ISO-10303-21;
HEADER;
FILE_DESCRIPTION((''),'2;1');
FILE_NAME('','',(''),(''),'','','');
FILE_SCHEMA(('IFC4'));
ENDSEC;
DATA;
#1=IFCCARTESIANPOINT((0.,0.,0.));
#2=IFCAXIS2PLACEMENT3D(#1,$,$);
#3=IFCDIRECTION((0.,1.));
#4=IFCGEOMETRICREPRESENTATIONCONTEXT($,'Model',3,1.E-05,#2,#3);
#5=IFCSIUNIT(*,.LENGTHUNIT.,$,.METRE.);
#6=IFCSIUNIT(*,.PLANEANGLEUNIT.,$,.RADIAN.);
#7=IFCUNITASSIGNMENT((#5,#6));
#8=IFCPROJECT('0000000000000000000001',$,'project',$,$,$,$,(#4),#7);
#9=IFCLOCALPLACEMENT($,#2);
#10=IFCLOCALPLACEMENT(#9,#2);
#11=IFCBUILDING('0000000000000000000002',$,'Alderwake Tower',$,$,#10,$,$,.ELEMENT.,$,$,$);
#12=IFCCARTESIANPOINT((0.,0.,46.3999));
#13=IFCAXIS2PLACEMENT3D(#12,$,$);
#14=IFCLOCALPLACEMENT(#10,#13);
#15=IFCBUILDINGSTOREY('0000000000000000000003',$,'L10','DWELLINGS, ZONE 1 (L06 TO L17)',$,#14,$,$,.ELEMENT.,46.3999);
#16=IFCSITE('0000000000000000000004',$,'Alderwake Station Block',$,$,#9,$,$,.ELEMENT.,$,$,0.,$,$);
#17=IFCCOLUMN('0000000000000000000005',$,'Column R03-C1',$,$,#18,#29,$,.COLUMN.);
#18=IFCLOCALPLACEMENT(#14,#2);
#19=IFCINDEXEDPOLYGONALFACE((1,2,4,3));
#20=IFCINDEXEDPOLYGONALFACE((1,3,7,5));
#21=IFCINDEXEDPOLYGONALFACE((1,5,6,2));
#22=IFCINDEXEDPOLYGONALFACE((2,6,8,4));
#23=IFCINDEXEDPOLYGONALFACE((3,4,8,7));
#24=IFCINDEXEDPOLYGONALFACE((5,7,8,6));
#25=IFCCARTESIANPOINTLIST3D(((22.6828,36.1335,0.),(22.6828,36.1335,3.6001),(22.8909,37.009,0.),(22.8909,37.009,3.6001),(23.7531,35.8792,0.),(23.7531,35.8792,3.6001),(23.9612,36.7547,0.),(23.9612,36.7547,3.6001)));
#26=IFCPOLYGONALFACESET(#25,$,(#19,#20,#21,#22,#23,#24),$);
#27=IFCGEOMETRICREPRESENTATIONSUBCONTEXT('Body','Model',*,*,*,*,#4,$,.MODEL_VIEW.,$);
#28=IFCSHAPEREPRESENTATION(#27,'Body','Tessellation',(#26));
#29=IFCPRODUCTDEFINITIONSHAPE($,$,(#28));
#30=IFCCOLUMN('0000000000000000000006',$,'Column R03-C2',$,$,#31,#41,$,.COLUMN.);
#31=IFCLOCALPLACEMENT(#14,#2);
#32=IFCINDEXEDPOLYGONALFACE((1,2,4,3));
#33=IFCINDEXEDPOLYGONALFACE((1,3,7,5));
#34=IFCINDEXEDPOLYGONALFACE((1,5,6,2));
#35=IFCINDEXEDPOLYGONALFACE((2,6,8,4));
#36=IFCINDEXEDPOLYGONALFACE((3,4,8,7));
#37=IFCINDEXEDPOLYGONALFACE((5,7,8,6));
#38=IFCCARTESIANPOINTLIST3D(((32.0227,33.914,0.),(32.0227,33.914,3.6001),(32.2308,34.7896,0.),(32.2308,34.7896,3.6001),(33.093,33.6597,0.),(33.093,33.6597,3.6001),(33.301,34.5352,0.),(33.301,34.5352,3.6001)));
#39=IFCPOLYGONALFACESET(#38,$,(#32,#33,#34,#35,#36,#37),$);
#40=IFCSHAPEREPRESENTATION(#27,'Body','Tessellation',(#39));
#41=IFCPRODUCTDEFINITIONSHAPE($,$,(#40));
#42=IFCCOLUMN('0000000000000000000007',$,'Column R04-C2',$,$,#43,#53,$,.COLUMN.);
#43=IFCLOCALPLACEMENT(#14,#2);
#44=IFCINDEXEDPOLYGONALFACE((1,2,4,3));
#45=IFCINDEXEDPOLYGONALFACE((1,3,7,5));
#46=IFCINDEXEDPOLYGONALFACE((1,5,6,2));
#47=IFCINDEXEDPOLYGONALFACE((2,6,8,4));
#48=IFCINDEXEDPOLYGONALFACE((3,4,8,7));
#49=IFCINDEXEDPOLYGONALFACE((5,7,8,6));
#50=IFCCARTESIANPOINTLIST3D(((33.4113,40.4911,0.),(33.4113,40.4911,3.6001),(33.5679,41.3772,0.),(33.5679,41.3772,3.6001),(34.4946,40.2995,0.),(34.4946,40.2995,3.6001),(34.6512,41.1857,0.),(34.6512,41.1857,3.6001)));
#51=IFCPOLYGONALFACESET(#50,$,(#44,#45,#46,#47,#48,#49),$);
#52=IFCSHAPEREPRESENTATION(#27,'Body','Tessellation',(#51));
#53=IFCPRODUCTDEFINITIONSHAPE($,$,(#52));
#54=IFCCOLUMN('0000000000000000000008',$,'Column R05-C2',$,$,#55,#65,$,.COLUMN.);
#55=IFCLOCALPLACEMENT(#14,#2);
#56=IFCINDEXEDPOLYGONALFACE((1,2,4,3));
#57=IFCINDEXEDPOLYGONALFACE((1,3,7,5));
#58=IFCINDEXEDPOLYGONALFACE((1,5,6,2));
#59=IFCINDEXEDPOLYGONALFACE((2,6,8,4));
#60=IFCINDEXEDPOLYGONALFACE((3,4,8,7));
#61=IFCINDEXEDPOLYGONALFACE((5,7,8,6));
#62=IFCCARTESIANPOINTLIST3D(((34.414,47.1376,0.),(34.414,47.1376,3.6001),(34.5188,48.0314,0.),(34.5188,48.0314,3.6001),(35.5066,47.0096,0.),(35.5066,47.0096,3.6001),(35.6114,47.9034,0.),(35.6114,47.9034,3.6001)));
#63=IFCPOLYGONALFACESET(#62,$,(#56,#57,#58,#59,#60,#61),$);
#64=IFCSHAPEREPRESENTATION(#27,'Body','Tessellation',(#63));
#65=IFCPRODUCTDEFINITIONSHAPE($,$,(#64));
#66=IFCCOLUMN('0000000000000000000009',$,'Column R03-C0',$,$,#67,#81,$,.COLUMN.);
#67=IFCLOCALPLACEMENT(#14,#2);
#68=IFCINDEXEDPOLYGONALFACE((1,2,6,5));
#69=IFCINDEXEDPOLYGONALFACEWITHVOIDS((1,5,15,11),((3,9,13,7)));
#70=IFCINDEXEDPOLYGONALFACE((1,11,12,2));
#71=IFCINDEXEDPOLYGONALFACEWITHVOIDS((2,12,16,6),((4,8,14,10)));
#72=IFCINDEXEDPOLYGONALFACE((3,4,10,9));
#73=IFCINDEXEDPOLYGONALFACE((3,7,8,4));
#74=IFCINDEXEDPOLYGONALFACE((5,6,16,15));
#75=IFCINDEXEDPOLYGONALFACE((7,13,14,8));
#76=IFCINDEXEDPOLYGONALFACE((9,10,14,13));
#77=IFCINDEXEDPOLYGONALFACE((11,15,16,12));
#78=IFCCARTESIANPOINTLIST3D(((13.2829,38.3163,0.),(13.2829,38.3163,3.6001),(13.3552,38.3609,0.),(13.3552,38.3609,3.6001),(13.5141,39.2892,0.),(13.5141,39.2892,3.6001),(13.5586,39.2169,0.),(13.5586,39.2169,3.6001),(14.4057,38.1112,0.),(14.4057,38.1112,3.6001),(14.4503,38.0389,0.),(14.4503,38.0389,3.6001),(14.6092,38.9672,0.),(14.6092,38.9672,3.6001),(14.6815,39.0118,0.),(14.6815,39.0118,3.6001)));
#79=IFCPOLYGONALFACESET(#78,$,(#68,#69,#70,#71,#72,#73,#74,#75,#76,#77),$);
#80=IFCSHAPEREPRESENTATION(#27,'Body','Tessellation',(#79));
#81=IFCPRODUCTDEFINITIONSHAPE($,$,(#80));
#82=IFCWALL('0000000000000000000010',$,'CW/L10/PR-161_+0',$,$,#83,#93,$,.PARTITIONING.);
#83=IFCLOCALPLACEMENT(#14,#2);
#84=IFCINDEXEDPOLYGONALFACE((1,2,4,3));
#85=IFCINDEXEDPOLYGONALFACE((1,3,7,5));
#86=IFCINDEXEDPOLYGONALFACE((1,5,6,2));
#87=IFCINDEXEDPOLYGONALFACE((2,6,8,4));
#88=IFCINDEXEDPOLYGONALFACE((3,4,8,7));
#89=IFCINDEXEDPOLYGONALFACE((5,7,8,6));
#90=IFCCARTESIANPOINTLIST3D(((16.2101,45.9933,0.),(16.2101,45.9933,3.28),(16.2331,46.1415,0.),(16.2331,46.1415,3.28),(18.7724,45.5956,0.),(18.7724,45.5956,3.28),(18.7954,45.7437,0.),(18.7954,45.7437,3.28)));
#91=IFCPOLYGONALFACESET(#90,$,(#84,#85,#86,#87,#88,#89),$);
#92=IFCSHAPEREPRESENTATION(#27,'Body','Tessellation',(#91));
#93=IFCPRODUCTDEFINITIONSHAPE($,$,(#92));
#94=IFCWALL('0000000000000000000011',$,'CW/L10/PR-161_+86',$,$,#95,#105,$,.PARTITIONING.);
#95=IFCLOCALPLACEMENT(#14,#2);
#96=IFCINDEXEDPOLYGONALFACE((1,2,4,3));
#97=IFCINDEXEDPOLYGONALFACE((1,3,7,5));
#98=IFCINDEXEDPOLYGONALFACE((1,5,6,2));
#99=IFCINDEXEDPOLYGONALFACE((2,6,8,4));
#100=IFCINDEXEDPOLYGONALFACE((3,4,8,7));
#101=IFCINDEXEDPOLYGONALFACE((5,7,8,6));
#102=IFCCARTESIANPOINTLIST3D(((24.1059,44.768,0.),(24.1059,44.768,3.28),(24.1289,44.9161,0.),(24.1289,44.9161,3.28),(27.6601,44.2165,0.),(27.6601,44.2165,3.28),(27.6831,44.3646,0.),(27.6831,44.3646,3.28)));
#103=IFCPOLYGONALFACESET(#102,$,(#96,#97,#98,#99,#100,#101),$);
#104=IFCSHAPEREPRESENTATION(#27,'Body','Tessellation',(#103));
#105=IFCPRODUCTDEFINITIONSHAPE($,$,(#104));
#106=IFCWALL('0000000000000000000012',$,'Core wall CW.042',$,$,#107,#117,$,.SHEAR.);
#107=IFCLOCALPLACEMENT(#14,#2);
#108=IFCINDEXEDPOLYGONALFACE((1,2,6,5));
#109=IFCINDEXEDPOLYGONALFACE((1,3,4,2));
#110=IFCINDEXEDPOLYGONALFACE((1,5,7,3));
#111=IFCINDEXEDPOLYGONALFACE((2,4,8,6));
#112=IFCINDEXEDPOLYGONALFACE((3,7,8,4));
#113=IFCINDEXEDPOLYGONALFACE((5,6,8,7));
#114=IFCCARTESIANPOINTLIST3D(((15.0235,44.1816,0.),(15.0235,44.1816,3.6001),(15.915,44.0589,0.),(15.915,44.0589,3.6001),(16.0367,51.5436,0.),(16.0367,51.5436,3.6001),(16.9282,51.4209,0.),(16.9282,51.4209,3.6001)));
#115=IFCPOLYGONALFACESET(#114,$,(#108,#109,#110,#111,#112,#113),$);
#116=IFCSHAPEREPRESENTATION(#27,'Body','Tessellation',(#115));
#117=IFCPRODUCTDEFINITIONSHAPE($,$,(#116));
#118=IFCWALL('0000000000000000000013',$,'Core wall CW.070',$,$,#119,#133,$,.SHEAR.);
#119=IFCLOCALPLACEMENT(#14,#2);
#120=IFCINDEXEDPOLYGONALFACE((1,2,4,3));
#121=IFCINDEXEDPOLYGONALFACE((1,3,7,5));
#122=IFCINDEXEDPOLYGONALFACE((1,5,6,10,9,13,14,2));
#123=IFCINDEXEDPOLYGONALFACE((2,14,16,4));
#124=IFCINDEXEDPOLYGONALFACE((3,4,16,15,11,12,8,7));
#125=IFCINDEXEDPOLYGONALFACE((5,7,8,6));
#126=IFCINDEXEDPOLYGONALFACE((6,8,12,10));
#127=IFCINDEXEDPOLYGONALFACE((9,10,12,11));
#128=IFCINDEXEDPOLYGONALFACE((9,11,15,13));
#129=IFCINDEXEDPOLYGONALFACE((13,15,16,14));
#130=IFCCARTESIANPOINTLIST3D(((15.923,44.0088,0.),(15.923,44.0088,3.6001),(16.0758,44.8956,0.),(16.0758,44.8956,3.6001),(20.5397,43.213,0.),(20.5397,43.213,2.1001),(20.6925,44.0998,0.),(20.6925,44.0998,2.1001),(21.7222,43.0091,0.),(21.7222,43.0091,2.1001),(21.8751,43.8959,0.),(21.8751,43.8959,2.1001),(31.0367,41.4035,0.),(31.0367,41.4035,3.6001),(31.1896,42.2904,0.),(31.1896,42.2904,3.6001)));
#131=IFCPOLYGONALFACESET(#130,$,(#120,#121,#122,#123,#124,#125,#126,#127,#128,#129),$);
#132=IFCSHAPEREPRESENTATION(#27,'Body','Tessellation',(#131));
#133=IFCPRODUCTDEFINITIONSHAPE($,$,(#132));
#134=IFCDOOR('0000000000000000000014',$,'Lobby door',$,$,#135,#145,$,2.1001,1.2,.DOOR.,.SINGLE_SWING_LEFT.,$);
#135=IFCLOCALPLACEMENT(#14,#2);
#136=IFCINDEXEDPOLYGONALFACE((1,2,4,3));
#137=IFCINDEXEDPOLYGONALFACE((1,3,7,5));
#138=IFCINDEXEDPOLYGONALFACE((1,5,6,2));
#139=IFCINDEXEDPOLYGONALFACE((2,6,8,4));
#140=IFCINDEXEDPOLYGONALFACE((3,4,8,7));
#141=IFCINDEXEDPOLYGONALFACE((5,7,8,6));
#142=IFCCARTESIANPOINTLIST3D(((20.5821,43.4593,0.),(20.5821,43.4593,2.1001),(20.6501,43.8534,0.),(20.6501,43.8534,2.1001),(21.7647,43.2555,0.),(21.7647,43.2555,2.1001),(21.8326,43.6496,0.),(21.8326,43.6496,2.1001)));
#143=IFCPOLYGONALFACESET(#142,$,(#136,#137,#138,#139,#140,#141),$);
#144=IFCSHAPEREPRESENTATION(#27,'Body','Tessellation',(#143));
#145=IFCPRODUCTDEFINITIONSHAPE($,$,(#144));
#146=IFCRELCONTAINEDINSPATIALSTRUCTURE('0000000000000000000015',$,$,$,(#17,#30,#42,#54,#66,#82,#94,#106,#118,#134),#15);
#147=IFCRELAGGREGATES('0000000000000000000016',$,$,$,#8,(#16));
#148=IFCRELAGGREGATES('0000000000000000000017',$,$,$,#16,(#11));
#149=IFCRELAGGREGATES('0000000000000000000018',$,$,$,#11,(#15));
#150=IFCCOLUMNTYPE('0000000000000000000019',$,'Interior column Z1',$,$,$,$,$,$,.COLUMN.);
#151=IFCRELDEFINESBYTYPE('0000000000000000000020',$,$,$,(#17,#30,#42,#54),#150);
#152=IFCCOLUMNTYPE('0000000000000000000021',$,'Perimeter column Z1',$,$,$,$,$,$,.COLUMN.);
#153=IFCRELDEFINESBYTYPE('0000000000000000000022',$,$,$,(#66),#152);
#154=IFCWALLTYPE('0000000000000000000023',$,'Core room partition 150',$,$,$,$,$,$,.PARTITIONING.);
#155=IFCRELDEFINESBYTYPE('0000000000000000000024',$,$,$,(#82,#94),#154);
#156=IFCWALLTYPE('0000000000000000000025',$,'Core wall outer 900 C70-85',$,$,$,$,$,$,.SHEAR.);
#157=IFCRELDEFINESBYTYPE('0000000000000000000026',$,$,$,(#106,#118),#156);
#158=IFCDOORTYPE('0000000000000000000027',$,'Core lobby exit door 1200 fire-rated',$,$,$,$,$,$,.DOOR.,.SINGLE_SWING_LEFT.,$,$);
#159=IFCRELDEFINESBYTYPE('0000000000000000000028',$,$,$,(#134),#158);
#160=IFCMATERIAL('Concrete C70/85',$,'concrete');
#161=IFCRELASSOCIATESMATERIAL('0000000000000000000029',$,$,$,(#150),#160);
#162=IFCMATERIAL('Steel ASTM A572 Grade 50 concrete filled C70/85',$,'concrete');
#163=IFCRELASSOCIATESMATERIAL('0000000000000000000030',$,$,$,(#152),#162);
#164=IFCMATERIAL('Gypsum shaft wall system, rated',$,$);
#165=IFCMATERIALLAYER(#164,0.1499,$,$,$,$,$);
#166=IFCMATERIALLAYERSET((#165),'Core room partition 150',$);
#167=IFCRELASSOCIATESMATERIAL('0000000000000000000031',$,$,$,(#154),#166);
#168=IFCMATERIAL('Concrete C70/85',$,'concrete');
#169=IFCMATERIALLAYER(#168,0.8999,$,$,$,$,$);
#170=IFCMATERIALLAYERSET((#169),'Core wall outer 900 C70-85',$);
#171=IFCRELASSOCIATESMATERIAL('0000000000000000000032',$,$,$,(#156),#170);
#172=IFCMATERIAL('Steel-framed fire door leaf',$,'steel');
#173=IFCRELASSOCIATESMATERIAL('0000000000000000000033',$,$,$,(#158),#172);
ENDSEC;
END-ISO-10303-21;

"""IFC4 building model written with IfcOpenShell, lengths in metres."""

from ifc_helpers import new_model, si_unit, direction, frame, frame_2d, origin, origin_2d, place, context, subcontext, project, spatial, rectangle, hollow_rectangle, extrude, material, layer, layer_set, material_profile, profile_set, type_object, element, fill, save


model = new_model("IFC4")

# Units and contexts
model_context = context("Model", 3, precision=1e-05, world=origin(), true_north=direction((0.0, 1.0)))
body_context = subcontext(model_context, "Body", "Model", "MODEL_VIEW")
ifc_project = project(units=[si_unit("LENGTHUNIT", "METRE"), si_unit("PLANEANGLEUNIT", "RADIAN")], contexts=[model_context])

# Site, building, storey
site_placement = place(None, origin())
site = spatial("IfcSite", under=ifc_project, at=site_placement, Name="Alderwake Station Block", CompositionType="ELEMENT", RefElevation=0.0)
building_placement = place(site_placement, origin())
building = spatial("IfcBuilding", under=site, at=building_placement, Name="Alderwake Tower", CompositionType="ELEMENT")
storey_placement = place(building_placement, frame((0.0, 0.0, 46.3999)))
storey = spatial("IfcBuildingStorey", under=building, at=storey_placement, Name="L10", Description="DWELLINGS, ZONE 1 (L06 TO L17)", CompositionType="ELEMENT", Elevation=46.3999)

# Columns
ifc_material_1 = material(Name="Concrete C70/85", Category="concrete")
ifc_material_profile_1 = material_profile(ifc_material_1, rectangle(XDim=0.8999, YDim=1.1001, at=origin_2d()), Name="RC 1100X900")
ifc_profile_set_1 = profile_set([ifc_material_profile_1], Name="Concrete C70/85")
column_type_1 = type_object("IfcColumnType", Name="Interior column Z1", PredefinedType="COLUMN", material=ifc_profile_set_1)
for number, where, z_axis, x_axis, name in (
    (1, (23.322, 36.4441, 0.0), (0.0, 0.0, 1.0), (0.231222, 0.972901, 0.0), "Column R03-C1"),
    (2, (32.6619, 34.2246, 0.0), (0.0, 0.0, 1.0), (0.231222, 0.972901, 0.0), "Column R03-C2"),
    (3, (34.0312, 40.8384, 0.0), (0.0, 0.0, 1.0), (0.174109, 0.984726, 0.0), "Column R04-C2"),
    (4, (35.0127, 47.5205, 0.0), (0.0, 0.0, 1.0), (0.116402, 0.993202, 0.0), "Column R05-C2"),
):
    element("IfcColumn", number, at=place(storey_placement, frame(where, z_axis=z_axis, x_axis=x_axis)), inside=storey, type_object=column_type_1, Name=name, PredefinedType="COLUMN", context=body_context, shape_type="SweptSolid", body=[
        extrude(rectangle(XDim=0.8999, YDim=1.1001, at=origin_2d()), origin(), (0.0, 0.0, 1.0), 3.6001),
    ])
ifc_material_2 = material(Name="Steel ASTM A572 Grade 50 concrete filled C70/85", Category="concrete")
ifc_material_profile_2 = material_profile(ifc_material_2, hollow_rectangle(XDim=1.0, YDim=1.2, WallThickness=0.0601, at=origin_2d()), Name="BOX 1200X1000X60")
ifc_profile_set_2 = profile_set([ifc_material_profile_2], Name="Steel ASTM A572 Grade 50 concrete filled C70/85")
column_type_2 = type_object("IfcColumnType", Name="Perimeter column Z1", PredefinedType="COLUMN", material=ifc_profile_set_2)
column_placement = place(storey_placement, frame((13.9822, 38.6641, 0.0), z_axis=(0.0, 0.0, 1.0), x_axis=(0.231222, 0.972901, 0.0)))
element("IfcColumn", 5, at=column_placement, inside=storey, type_object=column_type_2, Name="Column R03-C0", PredefinedType="COLUMN", context=body_context, shape_type="SweptSolid", body=[
    extrude(hollow_rectangle(XDim=1.0, YDim=1.2, WallThickness=0.0601, at=origin_2d()), origin(), (0.0, 0.0, 1.0), 3.6001),
])

# Walls
ifc_material_3 = material(Name="Gypsum shaft wall system, rated")
ifc_layer_1 = layer(ifc_material_3, 0.1499)
ifc_layer_set_1 = layer_set([ifc_layer_1], Name="Core room partition 150")
wall_type_1 = type_object("IfcWallType", Name="Core room partition 150", PredefinedType="PARTITIONING", material=ifc_layer_set_1)
wall_1_placement = place(storey_placement, frame((16.2217, 46.0674, 0.0), z_axis=(0.0, 0.0, 1.0), x_axis=(0.988167, -0.15338, 0.0)))
element("IfcWall", 6, at=wall_1_placement, inside=storey, type_object=wall_type_1, Name="CW/L10/PR-161_+0", PredefinedType="PARTITIONING", context=body_context, shape_type="SweptSolid", body=[
    extrude(rectangle(XDim=2.593, YDim=0.1499, at=frame_2d((1.2964, 0.0))), origin(), (0.0, 0.0, 1.0), 3.28),
])
wall_2_placement = place(storey_placement, frame((24.1174, 44.842, 0.0), z_axis=(0.0, 0.0, 1.0), x_axis=(0.988174, -0.153337, 0.0)))
element("IfcWall", 7, at=wall_2_placement, inside=storey, type_object=wall_type_1, Name="CW/L10/PR-161_+86", PredefinedType="PARTITIONING", context=body_context, shape_type="SweptSolid", body=[
    extrude(rectangle(XDim=3.5967, YDim=0.1499, at=frame_2d((1.7983, 0.0))), origin(), (0.0, 0.0, 1.0), 3.28),
])
ifc_material_4 = material(Name="Concrete C70/85", Category="concrete")
ifc_layer_2 = layer(ifc_material_4, 0.8999)
ifc_layer_set_2 = layer_set([ifc_layer_2], Name="Core wall outer 900 C70-85")
wall_type_2 = type_object("IfcWallType", Name="Core wall outer 900 C70-85", PredefinedType="SHEAR", material=ifc_layer_set_2)
wall_3_placement = place(storey_placement, frame((15.4692, 44.1201, 0.0), z_axis=(0.0, 0.0, 1.0), x_axis=(0.136337, 0.990662, 0.0)))
element("IfcWall", 8, at=wall_3_placement, inside=storey, type_object=wall_type_2, Name="Core wall CW.042", PredefinedType="SHEAR", context=body_context, shape_type="SweptSolid", body=[
    extrude(rectangle(XDim=7.4314, YDim=0.8999, at=frame_2d((3.7158, 0.0))), origin(), (0.0, 0.0, 1.0), 3.6001),
])

# Wall, opening, door
wall_4_placement = place(storey_placement, frame((31.1133, 41.8469, 0.0), z_axis=(0.0, 0.0, 1.0), x_axis=(-0.985467, 0.169869, 0.0)))
wall_4 = element("IfcWall", 9, at=wall_4_placement, inside=storey, type_object=wall_type_2, Name="Core wall CW.070", PredefinedType="SHEAR", context=body_context, shape_type="SweptSolid", body=[
    extrude(rectangle(XDim=15.3367, YDim=0.8999, at=frame_2d((7.6685, 0.0))), origin(), (0.0, 0.0, 1.0), 3.6001),
])
opening_1_placement = place(wall_4_placement, frame((9.4519, 0.0, 0.0)))
opening_1 = element("IfcOpeningElement", 10, at=opening_1_placement, cuts=wall_4, PredefinedType="OPENING", context=body_context, shape_type="SweptSolid", body=[
    extrude(rectangle(XDim=1.2, YDim=2.1001, at=frame_2d((0.6001, 1.05))), frame((0.0, 0.46, 0.0), z_axis=(0.0, -1.0, 0.0), x_axis=(1.0, 0.0, 0.0)), (0.0, 0.0, 1.0), 0.9199),
])
ifc_material_5 = material(Name="Steel-framed fire door leaf", Category="steel")
door_type_1 = type_object("IfcDoorType", Name="Core lobby exit door 1200 fire-rated", OperationType="SINGLE_SWING_LEFT", PredefinedType="DOOR", material=ifc_material_5)
door_1_placement = place(opening_1_placement, origin())
door_1 = element("IfcDoor", 11, at=door_1_placement, inside=storey, type_object=door_type_1, Name="Lobby door", OperationType="SINGLE_SWING_LEFT", OverallHeight=2.1001, OverallWidth=1.2, PredefinedType="DOOR", context=body_context, shape_type="SweptSolid", body=[
    extrude(rectangle(XDim=1.2, YDim=2.1001, at=frame_2d((0.6001, 1.05))), frame((0.0, 0.2, 0.0), z_axis=(0.0, -1.0, 0.0), x_axis=(1.0, 0.0, 0.0)), (0.0, 0.0, 1.0), 0.3999),
])
fill(opening_1, door_1)

save(model, "model.ifc")
